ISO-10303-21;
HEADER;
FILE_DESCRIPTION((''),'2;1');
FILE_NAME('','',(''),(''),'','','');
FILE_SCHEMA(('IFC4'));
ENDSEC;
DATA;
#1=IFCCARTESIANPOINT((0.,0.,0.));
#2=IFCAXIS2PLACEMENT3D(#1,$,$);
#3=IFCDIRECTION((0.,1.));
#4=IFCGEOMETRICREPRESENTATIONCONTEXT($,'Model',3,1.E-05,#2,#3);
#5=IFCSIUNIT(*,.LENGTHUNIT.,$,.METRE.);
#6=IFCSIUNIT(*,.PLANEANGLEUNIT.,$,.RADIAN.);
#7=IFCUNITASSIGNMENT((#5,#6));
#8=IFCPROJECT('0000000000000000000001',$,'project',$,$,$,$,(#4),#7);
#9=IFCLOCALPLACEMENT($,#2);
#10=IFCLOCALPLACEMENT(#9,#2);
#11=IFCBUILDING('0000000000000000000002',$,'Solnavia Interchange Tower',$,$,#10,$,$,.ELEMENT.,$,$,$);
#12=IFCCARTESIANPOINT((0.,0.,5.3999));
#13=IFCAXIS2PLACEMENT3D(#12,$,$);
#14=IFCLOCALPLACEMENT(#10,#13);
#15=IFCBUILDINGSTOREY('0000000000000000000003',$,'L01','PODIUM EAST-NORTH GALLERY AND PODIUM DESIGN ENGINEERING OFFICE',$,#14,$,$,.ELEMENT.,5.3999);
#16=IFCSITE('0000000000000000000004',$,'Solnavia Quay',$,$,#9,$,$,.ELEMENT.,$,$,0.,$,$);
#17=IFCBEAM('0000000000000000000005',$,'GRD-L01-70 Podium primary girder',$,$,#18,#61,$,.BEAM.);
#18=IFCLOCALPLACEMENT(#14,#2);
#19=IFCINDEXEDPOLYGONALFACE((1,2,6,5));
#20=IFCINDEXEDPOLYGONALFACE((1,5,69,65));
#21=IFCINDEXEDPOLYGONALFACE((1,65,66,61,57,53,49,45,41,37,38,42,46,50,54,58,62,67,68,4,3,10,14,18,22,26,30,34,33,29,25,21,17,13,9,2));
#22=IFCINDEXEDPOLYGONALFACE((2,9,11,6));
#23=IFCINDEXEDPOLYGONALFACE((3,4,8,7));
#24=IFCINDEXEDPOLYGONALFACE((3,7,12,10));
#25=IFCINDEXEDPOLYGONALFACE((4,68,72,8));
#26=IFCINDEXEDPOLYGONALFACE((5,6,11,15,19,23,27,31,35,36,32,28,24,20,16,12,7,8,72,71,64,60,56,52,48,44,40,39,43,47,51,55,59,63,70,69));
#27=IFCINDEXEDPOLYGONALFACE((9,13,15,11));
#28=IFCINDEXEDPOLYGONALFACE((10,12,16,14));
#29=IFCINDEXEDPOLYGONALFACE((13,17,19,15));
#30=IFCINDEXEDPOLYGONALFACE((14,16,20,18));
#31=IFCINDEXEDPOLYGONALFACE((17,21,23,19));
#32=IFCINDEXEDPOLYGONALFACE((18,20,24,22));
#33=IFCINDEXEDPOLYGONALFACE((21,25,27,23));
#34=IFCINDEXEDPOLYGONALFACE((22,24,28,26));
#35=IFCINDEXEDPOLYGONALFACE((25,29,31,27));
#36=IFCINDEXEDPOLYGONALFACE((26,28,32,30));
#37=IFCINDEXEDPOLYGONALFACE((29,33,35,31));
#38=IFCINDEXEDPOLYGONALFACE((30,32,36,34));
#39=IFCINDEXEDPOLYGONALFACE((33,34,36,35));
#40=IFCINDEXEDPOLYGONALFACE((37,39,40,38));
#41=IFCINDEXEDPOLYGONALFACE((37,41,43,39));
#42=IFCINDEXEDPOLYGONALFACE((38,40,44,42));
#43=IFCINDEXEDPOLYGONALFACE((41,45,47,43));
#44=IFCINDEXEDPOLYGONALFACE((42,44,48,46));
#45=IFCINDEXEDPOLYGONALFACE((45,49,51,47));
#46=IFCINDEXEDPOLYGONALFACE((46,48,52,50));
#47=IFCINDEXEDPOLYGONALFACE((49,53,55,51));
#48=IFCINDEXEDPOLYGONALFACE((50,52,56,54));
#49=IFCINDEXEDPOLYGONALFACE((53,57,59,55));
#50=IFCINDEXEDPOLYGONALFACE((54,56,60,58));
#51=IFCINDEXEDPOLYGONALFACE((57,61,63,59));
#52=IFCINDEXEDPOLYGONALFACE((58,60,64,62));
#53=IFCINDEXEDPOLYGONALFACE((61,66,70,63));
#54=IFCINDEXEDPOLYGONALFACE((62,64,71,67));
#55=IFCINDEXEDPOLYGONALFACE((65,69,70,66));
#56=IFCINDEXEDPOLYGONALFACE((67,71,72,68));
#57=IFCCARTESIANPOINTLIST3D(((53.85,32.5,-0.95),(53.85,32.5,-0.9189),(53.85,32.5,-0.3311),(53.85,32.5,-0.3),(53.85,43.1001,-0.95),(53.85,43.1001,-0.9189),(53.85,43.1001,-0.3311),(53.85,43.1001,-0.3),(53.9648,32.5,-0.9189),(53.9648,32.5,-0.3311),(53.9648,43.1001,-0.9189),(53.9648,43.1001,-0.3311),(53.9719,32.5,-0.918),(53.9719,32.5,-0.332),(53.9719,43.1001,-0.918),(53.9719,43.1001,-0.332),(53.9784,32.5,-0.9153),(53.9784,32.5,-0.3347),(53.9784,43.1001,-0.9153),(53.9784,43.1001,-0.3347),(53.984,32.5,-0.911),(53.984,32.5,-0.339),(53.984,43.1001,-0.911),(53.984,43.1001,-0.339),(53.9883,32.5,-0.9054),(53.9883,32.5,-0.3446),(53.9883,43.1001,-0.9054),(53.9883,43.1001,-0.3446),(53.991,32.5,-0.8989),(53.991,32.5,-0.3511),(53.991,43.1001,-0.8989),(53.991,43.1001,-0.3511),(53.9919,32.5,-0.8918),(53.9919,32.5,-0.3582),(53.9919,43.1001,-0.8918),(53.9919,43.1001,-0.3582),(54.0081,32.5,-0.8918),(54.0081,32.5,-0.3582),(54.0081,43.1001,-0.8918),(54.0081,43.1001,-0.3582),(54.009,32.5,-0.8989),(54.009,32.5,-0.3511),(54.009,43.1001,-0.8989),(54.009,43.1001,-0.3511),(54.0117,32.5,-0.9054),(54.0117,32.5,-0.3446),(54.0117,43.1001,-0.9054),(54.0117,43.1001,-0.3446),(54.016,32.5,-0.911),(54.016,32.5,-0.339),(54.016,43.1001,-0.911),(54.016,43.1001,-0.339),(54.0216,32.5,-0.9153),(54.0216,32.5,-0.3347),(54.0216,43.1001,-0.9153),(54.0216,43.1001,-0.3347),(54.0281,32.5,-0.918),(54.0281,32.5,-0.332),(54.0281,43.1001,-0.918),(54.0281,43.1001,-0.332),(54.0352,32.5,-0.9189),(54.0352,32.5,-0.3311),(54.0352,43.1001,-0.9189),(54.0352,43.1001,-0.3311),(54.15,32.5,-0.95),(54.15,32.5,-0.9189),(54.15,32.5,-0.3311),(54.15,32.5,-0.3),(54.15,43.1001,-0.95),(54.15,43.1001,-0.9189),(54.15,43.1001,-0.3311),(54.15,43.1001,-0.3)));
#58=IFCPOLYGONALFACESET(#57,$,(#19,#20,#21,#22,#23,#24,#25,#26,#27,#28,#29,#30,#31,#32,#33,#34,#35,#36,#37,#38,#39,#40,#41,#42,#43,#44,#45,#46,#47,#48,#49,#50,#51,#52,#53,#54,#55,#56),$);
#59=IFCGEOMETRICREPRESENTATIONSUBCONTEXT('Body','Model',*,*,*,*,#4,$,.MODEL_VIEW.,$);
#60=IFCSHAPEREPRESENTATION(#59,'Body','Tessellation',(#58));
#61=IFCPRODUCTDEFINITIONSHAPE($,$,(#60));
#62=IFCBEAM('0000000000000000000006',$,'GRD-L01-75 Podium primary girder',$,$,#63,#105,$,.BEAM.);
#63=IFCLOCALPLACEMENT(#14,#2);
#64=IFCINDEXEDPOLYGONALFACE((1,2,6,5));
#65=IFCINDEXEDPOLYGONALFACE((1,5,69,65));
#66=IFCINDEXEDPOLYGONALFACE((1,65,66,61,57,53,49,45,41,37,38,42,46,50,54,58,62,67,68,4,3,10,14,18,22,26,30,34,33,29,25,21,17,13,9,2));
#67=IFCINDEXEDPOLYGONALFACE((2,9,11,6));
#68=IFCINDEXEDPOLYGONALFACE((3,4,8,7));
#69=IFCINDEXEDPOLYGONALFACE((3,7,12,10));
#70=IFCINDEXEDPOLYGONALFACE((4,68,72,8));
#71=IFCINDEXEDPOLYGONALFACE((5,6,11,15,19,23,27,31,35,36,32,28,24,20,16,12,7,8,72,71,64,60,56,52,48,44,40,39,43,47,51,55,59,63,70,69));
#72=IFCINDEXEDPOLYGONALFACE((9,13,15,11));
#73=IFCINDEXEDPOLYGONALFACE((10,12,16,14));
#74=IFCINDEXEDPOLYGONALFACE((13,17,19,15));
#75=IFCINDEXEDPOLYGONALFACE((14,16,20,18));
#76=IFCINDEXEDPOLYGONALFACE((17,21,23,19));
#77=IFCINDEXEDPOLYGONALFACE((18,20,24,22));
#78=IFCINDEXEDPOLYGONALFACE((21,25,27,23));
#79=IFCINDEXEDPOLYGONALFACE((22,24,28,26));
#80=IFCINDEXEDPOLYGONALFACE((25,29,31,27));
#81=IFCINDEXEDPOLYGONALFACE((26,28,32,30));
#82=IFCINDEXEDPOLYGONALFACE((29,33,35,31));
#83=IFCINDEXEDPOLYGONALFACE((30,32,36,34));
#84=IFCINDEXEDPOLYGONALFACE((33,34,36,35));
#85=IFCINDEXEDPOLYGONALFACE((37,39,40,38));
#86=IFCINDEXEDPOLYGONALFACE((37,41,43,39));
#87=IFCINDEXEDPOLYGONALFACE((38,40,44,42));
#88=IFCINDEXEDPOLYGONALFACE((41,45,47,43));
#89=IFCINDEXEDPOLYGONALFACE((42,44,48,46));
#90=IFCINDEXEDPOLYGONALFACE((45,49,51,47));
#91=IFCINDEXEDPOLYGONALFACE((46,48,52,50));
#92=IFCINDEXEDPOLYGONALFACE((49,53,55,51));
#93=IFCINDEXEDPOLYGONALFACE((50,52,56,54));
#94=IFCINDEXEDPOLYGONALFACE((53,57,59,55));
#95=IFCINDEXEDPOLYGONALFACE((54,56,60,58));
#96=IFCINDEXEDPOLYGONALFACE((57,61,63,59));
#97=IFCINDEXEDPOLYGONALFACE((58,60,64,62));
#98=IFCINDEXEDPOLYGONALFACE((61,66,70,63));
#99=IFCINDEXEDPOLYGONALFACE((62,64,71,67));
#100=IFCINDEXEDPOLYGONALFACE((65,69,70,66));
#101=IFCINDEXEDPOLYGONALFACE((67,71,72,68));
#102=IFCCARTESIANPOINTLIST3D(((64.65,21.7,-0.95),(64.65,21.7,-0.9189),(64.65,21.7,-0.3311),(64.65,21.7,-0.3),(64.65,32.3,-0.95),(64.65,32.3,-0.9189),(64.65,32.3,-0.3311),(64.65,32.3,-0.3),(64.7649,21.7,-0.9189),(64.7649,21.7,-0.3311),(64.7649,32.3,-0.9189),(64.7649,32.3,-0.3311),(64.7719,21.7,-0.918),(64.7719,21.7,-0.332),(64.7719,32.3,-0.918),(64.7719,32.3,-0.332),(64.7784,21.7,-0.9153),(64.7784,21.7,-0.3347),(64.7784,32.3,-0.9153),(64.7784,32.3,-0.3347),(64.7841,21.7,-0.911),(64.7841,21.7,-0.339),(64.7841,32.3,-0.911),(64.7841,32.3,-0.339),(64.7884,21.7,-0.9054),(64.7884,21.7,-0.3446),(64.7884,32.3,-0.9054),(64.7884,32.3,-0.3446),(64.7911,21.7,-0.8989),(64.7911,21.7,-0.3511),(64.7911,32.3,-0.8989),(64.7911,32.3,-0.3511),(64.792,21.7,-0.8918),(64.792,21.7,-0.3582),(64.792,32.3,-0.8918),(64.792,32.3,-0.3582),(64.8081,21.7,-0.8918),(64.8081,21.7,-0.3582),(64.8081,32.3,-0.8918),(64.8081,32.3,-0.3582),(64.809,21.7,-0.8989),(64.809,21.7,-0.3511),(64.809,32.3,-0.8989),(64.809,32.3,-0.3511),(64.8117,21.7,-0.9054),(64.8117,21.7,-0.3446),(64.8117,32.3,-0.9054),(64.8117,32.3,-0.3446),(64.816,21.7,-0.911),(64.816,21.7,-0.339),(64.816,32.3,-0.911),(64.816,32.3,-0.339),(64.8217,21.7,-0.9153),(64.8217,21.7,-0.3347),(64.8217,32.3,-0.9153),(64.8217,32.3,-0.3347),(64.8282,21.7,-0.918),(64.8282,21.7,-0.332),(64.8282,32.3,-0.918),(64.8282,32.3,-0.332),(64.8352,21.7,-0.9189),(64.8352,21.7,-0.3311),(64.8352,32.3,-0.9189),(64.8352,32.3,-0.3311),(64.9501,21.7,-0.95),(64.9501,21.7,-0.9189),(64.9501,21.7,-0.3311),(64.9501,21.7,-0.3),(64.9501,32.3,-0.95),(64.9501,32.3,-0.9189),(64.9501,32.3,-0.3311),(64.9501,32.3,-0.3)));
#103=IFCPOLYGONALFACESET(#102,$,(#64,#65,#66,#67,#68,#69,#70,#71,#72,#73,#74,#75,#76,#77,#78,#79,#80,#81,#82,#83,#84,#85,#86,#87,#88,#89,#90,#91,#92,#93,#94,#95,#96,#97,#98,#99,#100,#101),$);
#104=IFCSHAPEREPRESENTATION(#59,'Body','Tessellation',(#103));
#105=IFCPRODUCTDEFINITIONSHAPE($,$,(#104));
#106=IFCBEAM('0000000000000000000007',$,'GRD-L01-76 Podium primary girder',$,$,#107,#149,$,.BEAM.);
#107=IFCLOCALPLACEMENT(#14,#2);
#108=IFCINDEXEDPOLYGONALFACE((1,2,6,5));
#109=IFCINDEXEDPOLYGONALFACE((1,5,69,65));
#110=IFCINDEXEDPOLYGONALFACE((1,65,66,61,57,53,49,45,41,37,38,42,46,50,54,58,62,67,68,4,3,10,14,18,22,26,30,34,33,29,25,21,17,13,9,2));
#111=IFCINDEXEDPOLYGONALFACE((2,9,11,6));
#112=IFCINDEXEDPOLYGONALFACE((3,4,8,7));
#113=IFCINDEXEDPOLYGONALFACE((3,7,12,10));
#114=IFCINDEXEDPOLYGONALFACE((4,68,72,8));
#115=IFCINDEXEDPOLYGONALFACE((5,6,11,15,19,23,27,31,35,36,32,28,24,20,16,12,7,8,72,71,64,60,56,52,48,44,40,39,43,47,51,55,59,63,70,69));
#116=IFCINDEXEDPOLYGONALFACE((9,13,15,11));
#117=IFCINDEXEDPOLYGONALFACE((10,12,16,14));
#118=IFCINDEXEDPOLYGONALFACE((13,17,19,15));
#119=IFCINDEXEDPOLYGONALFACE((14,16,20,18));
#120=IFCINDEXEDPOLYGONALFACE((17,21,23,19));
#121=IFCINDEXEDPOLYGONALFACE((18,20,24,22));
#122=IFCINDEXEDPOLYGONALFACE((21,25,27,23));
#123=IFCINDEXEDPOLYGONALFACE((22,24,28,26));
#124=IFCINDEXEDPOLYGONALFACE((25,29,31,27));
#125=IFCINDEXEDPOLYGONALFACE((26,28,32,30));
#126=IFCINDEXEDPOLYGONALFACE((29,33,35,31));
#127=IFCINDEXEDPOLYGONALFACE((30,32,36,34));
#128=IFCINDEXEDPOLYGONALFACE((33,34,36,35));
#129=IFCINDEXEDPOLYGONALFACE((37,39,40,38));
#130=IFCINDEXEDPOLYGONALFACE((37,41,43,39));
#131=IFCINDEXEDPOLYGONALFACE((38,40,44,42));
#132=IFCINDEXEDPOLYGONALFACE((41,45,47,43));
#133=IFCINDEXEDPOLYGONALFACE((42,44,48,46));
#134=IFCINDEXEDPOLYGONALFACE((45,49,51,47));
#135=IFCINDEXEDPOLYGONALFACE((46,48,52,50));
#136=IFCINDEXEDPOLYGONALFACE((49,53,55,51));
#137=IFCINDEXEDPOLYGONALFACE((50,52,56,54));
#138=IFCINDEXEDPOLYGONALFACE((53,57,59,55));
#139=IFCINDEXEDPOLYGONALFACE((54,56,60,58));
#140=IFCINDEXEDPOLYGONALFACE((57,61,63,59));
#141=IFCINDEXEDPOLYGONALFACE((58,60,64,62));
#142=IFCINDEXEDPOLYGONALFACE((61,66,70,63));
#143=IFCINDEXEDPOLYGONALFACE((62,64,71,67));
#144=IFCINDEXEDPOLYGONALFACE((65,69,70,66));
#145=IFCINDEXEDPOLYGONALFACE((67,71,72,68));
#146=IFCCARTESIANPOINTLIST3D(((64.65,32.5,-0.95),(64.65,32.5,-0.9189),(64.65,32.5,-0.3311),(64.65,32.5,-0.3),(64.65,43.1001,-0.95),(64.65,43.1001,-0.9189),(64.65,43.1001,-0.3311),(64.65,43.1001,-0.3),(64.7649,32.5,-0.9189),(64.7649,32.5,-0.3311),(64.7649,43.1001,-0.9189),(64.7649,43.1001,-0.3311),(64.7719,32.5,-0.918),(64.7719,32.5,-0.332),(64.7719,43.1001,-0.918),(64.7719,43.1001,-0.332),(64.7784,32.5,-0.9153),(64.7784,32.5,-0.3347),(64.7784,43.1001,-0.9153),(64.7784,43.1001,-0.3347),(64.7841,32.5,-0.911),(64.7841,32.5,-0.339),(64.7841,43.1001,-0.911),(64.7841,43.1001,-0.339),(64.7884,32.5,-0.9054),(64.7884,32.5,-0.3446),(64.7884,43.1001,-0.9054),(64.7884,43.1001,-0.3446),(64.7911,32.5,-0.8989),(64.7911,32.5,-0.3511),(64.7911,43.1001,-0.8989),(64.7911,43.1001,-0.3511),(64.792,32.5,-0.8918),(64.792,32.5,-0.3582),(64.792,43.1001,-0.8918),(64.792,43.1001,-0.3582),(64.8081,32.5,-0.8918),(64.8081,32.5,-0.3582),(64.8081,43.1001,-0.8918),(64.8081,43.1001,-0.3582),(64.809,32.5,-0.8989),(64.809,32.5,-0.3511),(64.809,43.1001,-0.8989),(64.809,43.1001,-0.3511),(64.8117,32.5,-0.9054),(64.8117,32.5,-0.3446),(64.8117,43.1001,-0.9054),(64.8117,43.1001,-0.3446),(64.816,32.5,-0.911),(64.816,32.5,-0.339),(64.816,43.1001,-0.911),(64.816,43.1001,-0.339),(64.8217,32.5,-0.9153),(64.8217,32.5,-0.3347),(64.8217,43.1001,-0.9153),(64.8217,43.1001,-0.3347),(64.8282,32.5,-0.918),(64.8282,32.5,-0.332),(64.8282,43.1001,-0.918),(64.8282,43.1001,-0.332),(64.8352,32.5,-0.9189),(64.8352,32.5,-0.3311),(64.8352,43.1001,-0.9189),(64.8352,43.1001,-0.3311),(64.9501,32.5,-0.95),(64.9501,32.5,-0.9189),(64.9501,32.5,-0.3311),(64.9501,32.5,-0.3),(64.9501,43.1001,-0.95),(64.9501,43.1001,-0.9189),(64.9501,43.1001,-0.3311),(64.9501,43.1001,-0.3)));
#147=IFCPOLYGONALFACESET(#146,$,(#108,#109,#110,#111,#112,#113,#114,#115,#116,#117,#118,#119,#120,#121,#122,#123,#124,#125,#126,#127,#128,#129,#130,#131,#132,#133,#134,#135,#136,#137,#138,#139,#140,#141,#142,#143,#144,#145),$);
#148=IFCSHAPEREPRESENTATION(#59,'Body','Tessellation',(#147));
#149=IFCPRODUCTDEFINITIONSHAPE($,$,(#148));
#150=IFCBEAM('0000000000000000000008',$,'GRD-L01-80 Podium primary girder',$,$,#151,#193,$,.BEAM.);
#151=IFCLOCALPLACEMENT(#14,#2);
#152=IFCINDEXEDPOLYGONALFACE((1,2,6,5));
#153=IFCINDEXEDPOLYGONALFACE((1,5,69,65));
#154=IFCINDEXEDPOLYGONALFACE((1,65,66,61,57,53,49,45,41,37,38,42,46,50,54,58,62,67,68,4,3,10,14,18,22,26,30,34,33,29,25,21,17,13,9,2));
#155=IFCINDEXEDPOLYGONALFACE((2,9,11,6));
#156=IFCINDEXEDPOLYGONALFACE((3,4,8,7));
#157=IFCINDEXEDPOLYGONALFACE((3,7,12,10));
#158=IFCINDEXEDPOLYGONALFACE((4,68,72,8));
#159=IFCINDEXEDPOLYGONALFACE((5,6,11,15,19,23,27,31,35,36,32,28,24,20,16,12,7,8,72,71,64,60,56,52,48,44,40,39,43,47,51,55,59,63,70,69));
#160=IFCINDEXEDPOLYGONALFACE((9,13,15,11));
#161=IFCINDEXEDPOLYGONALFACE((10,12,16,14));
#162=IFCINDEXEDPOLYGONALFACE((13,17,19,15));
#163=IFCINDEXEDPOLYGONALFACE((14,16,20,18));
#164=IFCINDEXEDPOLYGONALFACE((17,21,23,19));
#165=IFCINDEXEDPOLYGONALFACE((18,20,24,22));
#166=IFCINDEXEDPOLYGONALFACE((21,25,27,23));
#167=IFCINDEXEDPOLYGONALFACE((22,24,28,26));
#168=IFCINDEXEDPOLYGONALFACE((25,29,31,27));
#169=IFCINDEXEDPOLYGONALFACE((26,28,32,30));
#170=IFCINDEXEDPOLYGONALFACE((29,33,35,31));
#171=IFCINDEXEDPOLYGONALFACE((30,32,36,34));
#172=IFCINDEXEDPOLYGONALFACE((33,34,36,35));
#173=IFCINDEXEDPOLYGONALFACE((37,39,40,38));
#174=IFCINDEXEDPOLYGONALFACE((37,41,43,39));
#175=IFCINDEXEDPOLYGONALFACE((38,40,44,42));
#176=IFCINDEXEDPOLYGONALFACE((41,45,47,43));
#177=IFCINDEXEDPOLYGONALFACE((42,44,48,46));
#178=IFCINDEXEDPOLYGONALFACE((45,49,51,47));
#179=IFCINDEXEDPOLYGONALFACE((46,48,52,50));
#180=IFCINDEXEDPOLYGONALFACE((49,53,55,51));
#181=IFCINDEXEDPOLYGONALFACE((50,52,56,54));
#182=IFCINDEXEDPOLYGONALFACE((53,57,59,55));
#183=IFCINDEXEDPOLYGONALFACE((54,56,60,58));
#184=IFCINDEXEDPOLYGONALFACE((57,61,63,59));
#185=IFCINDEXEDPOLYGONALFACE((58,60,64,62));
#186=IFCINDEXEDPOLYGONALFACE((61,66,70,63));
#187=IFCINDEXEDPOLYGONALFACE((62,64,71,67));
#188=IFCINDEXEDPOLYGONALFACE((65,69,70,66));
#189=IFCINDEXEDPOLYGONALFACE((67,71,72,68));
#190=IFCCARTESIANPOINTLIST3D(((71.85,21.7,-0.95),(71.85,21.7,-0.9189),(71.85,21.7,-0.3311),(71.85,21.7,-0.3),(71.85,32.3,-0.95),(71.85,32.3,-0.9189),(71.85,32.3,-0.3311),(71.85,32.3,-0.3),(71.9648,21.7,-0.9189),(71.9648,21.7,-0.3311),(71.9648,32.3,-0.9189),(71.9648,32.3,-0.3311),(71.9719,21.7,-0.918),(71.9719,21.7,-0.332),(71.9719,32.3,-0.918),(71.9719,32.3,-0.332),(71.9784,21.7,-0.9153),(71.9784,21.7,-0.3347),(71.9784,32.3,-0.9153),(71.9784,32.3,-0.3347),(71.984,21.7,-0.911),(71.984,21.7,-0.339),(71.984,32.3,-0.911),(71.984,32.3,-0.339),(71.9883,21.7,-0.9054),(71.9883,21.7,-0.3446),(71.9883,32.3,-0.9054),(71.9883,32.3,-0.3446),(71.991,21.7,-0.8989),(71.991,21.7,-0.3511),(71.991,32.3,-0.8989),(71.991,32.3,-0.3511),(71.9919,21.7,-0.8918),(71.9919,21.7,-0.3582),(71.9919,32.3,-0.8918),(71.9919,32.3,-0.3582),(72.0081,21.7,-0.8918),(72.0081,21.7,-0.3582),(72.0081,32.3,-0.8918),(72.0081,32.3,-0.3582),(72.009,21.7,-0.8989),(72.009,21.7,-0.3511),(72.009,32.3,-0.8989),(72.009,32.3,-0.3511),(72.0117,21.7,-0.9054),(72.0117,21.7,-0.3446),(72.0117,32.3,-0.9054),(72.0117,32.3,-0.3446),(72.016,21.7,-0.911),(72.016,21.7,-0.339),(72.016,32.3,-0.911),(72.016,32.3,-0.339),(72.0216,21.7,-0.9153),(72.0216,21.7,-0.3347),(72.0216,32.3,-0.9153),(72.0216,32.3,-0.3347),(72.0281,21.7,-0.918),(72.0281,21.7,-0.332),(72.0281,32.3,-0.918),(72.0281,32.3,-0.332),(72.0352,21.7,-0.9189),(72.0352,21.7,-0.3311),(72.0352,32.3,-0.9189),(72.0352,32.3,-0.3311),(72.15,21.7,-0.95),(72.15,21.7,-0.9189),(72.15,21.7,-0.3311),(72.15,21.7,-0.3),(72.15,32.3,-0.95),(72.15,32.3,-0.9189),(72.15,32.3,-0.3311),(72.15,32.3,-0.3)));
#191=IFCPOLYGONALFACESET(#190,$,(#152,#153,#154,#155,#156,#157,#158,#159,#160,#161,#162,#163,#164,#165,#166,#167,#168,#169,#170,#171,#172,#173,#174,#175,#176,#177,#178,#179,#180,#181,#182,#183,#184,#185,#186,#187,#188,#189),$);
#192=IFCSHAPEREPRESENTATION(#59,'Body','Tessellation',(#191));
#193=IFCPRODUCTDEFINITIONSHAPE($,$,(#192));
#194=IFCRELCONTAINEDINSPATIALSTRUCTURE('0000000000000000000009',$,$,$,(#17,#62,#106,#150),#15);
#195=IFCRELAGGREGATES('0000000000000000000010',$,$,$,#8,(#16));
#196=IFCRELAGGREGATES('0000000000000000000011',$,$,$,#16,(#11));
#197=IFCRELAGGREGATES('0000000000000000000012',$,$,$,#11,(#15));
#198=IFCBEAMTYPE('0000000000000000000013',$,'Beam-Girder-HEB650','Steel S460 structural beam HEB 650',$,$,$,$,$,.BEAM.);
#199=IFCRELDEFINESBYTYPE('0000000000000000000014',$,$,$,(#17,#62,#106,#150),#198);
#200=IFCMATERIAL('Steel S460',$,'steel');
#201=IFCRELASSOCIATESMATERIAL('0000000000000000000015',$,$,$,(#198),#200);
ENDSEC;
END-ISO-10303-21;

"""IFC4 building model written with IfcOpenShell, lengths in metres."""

from ifc_helpers import new_model, si_unit, direction, frame, origin, origin_2d, place, context, subcontext, project, spatial, i_section, extrude, material, material_profile, profile_set, type_object, element, save


model = new_model("IFC4")

# Units and contexts
model_context = context("Model", 3, precision=1e-05, world=origin(), true_north=direction((0.0, 1.0)))
body_context = subcontext(model_context, "Body", "Model", "MODEL_VIEW")
ifc_project = project(units=[si_unit("LENGTHUNIT", "METRE"), si_unit("PLANEANGLEUNIT", "RADIAN")], contexts=[model_context])

# Site, building, storey
site_placement = place(None, origin())
site = spatial("IfcSite", under=ifc_project, at=site_placement, Name="Solnavia Quay", CompositionType="ELEMENT", RefElevation=0.0)
building_placement = place(site_placement, origin())
building = spatial("IfcBuilding", under=site, at=building_placement, Name="Solnavia Interchange Tower", CompositionType="ELEMENT")
storey_placement = place(building_placement, frame((0.0, 0.0, 5.3999)))
storey = spatial("IfcBuildingStorey", under=building, at=storey_placement, Name="L01", Description="PODIUM EAST-NORTH GALLERY AND PODIUM DESIGN ENGINEERING OFFICE", CompositionType="ELEMENT", Elevation=5.3999)

# Beams
ifc_material_1 = material(Name="Steel S460", Category="steel")
ifc_material_profile_1 = material_profile(ifc_material_1, i_section(OverallWidth=0.3, OverallDepth=0.6499, WebThickness=0.0161, FlangeThickness=0.031, FilletRadius=0.0271, at=origin_2d()), Name="HEB 650")
ifc_profile_set_1 = profile_set([ifc_material_profile_1], Name="Steel S460")
beam_type_1 = type_object("IfcBeamType", Name="Beam-Girder-HEB650", Description="Steel S460 structural beam HEB 650", PredefinedType="BEAM", material=ifc_profile_set_1)
for number, where, z_axis, x_axis, name in (
    (1, (54.0, 32.5, -0.625), (0.0, 1.0, 0.0), (-1.0, 0.0, 0.0), "GRD-L01-70 Podium primary girder"),
    (2, (64.8, 21.7, -0.625), (0.0, 1.0, 0.0), (-1.0, 0.0, 0.0), "GRD-L01-75 Podium primary girder"),
    (3, (64.8, 32.5, -0.625), (0.0, 1.0, 0.0), (-1.0, 0.0, 0.0), "GRD-L01-76 Podium primary girder"),
    (4, (72.0, 21.7, -0.625), (0.0, 1.0, 0.0), (-1.0, 0.0, 0.0), "GRD-L01-80 Podium primary girder"),
):
    element("IfcBeam", number, at=place(storey_placement, frame(where, z_axis=z_axis, x_axis=x_axis)), inside=storey, type_object=beam_type_1, Name=name, PredefinedType="BEAM", context=body_context, shape_type="SweptSolid", body=[
        extrude(i_section(OverallWidth=0.3, OverallDepth=0.6499, WebThickness=0.0161, FlangeThickness=0.031, FilletRadius=0.0271, at=origin_2d()), origin(), (0.0, 0.0, 1.0), 10.6001),
    ])

save(model, "model.ifc")
